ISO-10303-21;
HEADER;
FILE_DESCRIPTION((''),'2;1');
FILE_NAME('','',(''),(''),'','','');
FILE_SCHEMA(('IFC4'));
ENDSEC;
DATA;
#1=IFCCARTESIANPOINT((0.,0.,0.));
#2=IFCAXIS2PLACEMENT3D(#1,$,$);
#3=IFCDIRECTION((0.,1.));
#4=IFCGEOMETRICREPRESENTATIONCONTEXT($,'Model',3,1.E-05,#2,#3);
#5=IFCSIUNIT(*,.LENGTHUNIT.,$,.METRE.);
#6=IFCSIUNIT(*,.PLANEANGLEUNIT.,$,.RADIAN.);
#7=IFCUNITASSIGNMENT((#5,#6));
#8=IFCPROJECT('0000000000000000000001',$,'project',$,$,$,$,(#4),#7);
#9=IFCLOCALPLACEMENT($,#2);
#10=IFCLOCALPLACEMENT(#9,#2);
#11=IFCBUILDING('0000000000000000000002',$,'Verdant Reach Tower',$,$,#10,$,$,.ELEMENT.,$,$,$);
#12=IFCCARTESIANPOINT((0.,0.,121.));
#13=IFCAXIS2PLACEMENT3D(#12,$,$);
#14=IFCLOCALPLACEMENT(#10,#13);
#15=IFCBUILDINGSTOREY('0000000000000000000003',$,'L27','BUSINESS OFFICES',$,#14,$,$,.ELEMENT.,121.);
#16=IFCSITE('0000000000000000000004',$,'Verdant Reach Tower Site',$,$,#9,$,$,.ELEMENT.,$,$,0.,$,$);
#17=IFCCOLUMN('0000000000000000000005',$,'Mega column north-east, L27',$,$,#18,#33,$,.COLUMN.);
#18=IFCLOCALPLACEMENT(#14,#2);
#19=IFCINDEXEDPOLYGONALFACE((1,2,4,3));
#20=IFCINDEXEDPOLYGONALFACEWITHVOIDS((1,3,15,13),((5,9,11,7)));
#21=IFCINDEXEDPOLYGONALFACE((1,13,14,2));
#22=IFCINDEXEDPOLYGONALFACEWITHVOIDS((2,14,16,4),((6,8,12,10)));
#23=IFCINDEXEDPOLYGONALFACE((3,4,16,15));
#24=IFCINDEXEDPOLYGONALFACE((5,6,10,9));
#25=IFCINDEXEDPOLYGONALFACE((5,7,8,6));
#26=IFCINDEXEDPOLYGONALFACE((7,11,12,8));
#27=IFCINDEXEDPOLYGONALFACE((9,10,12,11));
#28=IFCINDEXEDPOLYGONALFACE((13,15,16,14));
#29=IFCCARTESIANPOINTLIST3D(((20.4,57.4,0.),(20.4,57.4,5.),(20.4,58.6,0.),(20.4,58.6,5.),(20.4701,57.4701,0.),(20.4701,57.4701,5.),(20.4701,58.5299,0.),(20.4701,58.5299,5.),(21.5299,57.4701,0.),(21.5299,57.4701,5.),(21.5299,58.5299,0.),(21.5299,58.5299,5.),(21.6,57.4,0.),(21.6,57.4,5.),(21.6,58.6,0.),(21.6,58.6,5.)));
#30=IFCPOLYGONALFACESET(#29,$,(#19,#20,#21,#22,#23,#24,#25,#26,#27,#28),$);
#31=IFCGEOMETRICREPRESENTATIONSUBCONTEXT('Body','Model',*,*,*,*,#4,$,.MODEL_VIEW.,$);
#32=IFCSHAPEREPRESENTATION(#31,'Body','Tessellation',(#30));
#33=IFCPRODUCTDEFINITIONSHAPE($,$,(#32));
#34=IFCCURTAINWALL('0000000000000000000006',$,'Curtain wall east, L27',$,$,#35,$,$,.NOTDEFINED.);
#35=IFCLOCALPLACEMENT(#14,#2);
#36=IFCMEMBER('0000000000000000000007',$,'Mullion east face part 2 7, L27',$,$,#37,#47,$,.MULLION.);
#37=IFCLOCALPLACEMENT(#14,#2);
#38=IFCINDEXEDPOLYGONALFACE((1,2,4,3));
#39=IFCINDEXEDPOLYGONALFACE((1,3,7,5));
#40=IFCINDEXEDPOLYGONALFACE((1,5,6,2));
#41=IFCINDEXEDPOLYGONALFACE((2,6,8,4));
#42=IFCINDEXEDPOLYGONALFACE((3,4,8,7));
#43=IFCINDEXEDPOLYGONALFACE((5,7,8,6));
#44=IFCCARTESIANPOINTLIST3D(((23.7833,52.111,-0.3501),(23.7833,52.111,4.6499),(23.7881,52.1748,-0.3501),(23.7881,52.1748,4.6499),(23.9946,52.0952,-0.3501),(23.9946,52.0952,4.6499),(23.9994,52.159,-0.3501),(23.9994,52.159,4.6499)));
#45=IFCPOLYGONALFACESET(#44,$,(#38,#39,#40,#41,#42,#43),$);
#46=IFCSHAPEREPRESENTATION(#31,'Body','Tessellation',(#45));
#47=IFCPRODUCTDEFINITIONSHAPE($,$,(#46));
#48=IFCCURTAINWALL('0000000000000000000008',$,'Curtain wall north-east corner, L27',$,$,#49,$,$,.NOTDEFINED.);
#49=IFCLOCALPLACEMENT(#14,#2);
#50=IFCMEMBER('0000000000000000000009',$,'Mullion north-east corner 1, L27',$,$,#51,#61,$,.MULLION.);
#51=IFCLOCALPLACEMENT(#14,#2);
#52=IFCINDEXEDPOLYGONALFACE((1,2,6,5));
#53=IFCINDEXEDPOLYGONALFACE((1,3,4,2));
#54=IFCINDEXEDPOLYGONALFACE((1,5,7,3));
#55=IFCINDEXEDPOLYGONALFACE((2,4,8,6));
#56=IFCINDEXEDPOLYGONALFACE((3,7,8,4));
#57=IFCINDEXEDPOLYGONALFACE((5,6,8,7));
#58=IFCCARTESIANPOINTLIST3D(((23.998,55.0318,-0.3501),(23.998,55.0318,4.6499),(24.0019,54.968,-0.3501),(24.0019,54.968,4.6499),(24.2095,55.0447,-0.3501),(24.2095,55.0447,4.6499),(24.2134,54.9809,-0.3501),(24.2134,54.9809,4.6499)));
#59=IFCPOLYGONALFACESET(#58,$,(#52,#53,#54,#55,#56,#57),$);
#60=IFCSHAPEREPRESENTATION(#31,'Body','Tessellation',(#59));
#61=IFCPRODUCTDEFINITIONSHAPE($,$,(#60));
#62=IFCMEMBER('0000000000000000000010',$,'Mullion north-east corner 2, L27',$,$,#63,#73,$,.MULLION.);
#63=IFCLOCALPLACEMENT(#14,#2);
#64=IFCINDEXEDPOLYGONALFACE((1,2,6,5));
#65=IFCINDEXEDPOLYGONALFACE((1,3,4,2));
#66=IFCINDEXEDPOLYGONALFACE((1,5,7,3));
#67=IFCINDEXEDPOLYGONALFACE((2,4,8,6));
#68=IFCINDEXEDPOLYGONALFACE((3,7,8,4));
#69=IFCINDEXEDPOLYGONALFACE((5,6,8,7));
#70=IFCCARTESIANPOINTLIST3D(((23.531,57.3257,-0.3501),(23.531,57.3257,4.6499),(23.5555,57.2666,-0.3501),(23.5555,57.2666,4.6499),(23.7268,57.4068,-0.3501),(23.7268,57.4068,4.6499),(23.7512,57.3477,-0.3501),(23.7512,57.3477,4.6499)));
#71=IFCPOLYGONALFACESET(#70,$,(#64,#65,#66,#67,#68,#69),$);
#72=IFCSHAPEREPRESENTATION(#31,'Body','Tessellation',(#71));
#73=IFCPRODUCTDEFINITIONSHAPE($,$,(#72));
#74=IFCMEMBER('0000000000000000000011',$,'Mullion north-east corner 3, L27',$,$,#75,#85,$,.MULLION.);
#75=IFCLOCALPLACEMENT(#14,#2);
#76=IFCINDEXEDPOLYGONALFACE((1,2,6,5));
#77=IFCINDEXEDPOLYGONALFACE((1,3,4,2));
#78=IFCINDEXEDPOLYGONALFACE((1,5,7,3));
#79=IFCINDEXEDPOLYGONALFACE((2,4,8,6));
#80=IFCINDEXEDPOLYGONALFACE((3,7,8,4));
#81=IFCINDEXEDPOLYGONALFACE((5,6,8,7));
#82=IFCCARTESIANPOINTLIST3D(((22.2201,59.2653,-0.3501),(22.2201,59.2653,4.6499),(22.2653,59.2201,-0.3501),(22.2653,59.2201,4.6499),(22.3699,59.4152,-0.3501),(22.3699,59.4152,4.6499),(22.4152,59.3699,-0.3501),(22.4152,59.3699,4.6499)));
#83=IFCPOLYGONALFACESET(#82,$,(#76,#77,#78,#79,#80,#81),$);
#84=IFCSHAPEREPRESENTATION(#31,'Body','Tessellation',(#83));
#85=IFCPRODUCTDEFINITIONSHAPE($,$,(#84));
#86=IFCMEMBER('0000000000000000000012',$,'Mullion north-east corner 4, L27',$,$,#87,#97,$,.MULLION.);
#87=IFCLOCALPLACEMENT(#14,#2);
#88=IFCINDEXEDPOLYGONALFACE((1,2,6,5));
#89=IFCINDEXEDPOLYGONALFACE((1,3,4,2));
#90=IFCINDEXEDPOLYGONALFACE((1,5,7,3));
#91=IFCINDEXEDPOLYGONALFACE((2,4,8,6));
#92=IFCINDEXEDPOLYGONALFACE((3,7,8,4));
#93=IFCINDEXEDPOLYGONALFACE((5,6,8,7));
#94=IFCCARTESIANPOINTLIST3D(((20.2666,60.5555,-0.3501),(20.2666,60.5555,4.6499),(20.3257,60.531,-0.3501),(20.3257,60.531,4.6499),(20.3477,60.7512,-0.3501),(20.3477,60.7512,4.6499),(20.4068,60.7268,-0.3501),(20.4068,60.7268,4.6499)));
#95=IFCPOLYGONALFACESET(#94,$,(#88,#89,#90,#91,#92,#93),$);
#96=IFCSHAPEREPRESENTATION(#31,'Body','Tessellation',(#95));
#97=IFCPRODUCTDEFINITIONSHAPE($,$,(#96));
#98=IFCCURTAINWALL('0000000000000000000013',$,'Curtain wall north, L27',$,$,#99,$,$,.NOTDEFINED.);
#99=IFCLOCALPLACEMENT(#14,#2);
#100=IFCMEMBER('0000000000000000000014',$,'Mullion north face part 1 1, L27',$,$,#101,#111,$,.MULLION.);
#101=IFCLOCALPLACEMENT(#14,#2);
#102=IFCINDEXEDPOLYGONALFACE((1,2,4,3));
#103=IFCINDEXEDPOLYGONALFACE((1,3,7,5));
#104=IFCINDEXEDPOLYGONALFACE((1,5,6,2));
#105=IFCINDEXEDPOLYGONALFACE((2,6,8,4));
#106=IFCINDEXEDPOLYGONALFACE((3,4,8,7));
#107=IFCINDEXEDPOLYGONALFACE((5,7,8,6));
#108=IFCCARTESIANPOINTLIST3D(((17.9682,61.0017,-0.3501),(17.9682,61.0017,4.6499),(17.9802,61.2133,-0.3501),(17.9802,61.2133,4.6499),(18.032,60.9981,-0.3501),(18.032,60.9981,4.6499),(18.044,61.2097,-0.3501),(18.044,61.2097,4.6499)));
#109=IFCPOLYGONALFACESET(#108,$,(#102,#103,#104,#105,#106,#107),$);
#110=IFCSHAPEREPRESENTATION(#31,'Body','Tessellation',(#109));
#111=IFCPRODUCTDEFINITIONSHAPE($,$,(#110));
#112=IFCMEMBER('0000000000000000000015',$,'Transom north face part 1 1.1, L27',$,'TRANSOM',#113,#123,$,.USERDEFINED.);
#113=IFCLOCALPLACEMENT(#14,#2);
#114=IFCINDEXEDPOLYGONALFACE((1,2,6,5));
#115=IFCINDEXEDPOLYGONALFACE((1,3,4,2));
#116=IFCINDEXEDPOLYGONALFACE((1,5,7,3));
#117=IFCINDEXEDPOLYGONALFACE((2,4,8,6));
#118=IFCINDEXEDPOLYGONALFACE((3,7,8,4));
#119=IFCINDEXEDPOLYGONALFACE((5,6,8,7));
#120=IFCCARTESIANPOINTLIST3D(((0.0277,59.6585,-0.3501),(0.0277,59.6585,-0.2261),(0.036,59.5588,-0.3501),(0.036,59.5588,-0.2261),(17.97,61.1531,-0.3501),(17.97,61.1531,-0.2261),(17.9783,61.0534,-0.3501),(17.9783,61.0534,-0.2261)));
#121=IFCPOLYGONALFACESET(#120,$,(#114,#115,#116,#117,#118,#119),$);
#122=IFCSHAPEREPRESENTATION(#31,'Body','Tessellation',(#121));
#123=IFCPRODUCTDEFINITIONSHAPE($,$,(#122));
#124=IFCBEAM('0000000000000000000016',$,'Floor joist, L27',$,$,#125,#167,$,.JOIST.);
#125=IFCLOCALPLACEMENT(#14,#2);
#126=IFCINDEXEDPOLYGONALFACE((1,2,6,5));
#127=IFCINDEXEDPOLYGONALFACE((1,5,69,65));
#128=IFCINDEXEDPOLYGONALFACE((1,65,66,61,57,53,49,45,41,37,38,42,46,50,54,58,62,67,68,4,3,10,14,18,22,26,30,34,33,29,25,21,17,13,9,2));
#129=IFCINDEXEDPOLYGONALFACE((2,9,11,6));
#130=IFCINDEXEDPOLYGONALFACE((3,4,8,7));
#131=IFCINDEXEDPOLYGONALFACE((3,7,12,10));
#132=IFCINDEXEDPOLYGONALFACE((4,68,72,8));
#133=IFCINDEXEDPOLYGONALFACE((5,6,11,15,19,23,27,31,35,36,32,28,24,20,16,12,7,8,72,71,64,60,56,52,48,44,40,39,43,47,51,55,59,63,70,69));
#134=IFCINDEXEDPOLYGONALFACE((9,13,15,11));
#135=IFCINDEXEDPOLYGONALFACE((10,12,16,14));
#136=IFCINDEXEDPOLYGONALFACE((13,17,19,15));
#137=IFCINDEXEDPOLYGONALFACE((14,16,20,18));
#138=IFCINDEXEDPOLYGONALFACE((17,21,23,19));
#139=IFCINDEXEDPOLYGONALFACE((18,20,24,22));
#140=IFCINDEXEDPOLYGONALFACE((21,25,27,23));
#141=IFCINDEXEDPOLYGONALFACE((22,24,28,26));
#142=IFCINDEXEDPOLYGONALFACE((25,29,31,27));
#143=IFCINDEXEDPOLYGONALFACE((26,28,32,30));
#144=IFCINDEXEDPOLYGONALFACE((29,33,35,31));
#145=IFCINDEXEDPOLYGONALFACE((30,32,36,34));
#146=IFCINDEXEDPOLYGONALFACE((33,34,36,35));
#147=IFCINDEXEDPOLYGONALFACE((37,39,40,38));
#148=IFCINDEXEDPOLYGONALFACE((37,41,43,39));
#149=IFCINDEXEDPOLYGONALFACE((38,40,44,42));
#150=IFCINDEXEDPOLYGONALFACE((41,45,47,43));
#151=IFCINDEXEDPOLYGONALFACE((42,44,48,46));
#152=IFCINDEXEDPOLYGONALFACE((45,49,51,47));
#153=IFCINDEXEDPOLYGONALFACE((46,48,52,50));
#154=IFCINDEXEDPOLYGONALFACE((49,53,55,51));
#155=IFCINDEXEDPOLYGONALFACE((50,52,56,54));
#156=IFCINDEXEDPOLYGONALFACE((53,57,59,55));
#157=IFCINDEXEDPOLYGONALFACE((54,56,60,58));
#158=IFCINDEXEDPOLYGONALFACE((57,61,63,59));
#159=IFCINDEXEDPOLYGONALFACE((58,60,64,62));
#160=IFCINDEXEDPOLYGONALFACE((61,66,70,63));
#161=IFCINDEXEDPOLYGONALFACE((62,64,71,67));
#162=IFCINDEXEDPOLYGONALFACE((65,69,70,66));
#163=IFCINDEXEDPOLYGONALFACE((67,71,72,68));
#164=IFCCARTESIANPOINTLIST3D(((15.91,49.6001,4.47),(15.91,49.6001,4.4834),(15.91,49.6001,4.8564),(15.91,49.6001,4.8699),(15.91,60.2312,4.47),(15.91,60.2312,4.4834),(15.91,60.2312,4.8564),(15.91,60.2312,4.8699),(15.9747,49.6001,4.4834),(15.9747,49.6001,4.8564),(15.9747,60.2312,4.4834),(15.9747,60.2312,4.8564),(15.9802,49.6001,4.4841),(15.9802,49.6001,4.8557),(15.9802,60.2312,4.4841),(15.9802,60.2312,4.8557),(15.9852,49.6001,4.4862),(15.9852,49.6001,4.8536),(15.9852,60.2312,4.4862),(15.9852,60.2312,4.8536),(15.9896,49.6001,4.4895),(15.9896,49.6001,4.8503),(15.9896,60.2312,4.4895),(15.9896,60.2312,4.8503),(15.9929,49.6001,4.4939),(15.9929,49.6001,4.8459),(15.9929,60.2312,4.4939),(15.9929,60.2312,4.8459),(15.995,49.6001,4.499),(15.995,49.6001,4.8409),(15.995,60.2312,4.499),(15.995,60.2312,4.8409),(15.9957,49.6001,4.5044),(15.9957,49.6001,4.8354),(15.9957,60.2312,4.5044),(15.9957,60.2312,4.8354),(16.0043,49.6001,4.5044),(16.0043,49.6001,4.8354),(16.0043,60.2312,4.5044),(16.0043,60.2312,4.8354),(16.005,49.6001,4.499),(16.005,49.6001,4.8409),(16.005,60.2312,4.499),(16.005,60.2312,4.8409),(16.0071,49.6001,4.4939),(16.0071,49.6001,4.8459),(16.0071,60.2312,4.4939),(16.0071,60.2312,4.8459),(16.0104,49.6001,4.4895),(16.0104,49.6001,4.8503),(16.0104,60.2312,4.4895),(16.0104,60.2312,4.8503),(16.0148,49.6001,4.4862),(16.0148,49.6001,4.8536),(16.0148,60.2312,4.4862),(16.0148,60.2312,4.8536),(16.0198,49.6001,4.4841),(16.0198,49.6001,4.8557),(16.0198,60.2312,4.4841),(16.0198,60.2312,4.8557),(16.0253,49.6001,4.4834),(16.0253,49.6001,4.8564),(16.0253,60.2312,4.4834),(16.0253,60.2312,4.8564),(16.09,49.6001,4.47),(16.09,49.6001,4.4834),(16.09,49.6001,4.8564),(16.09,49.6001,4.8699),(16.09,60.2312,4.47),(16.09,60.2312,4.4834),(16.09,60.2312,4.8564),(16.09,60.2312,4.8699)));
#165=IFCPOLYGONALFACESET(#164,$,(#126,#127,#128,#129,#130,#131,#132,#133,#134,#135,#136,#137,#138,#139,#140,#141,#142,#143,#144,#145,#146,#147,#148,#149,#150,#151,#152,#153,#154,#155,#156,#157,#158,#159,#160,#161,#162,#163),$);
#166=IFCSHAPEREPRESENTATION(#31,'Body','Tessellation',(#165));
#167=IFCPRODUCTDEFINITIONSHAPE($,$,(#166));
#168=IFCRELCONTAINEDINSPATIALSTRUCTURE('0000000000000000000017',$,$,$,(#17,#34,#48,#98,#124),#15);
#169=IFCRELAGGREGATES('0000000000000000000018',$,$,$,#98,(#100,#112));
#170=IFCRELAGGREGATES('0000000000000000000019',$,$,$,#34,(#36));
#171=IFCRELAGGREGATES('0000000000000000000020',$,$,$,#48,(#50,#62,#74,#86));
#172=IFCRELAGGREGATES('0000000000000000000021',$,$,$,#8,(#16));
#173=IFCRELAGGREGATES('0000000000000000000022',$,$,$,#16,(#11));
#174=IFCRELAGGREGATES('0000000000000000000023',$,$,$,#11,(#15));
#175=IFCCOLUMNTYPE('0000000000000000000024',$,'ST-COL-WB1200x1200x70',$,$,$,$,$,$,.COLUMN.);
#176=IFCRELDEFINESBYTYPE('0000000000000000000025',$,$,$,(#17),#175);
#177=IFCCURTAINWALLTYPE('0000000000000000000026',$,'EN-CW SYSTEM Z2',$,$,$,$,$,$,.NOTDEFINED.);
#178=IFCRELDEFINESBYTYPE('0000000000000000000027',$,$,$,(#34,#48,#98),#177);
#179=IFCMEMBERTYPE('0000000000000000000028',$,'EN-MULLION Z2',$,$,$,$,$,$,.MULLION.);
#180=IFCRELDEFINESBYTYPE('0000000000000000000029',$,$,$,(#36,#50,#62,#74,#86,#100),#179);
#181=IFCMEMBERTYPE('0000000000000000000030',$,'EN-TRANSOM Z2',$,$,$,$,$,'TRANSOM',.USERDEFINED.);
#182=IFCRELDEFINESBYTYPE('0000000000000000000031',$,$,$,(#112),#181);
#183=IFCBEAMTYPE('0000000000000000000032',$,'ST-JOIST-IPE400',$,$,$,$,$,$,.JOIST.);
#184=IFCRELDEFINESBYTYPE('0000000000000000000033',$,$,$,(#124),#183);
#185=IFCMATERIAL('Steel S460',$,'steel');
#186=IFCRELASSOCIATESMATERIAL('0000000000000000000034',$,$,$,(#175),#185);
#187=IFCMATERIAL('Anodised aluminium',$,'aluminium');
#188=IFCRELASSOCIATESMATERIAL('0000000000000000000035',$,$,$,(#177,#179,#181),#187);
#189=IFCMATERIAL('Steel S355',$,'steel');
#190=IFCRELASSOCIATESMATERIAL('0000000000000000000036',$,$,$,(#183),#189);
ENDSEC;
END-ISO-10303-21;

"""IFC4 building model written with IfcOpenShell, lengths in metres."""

from ifc_helpers import new_model, si_unit, direction, frame, origin, origin_2d, place, context, subcontext, project, spatial, rectangle, hollow_rectangle, i_section, extrude, material, material_profile, profile_set, type_object, element, aggregate, save


model = new_model("IFC4")

# Units and contexts
model_context = context("Model", 3, precision=1e-05, world=origin(), true_north=direction((0.0, 1.0)))
body_context = subcontext(model_context, "Body", "Model", "MODEL_VIEW")
ifc_project = project(units=[si_unit("LENGTHUNIT", "METRE"), si_unit("PLANEANGLEUNIT", "RADIAN")], contexts=[model_context])

# Site, building, storey
site_placement = place(None, origin())
site = spatial("IfcSite", under=ifc_project, at=site_placement, Name="Verdant Reach Tower Site", CompositionType="ELEMENT", RefElevation=0.0)
building_placement = place(site_placement, origin())
building = spatial("IfcBuilding", under=site, at=building_placement, Name="Verdant Reach Tower", CompositionType="ELEMENT")
storey_placement = place(building_placement, frame((0.0, 0.0, 121.0)))
storey = spatial("IfcBuildingStorey", under=building, at=storey_placement, Name="L27", Description="BUSINESS OFFICES", CompositionType="ELEMENT", Elevation=121.0)

# Column
ifc_material_1 = material(Name="Steel S460", Category="steel")
ifc_material_profile_1 = material_profile(ifc_material_1, hollow_rectangle(XDim=1.2, YDim=1.2, WallThickness=0.0701, at=origin_2d()), Name="WB 1200x1200x70")
ifc_profile_set_1 = profile_set([ifc_material_profile_1], Name="Steel S460")
column_type = type_object("IfcColumnType", Name="ST-COL-WB1200x1200x70", PredefinedType="COLUMN", material=ifc_profile_set_1)
column_placement = place(storey_placement, frame((21.0, 58.0, 0.0), z_axis=(0.0, 0.0, 1.0), x_axis=(1.0, 0.0, 0.0)))
element("IfcColumn", 1, at=column_placement, inside=storey, type_object=column_type, Name="Mega column north-east, L27", PredefinedType="COLUMN", context=body_context, shape_type="SweptSolid", body=[
    extrude(hollow_rectangle(XDim=1.2, YDim=1.2, WallThickness=0.0701, at=origin_2d()), origin(), (0.0, 0.0, 1.0), 5.0),
])

# Curtain wall, member
ifc_material_2 = material(Name="Anodised aluminium", Category="aluminium")
curtain_wall_type = type_object("IfcCurtainWallType", Name="EN-CW SYSTEM Z2", PredefinedType="NOTDEFINED", material=ifc_material_2)
curtain_wall_1_placement = place(storey_placement, origin())
curtain_wall_1 = element("IfcCurtainWall", 2, at=curtain_wall_1_placement, inside=storey, type_object=curtain_wall_type, Name="Curtain wall east, L27", PredefinedType="NOTDEFINED")
ifc_material_profile_2 = material_profile(ifc_material_2, rectangle(XDim=0.2119, YDim=0.064, at=origin_2d()), Name="Mullion 64x212")
ifc_profile_set_2 = profile_set([ifc_material_profile_2], Name="Anodised aluminium")
member_type_1 = type_object("IfcMemberType", Name="EN-MULLION Z2", PredefinedType="MULLION", material=ifc_profile_set_2)
member_1_placement = place(storey_placement, frame((23.8914, 52.135, -0.3501), z_axis=(0.0, 0.0, 1.0), x_axis=(0.997199, -0.07479, 0.0)))
member_1 = element("IfcMember", 3, at=member_1_placement, type_object=member_type_1, Name="Mullion east face part 2 7, L27", PredefinedType="MULLION", context=body_context, shape_type="SweptSolid", body=[
    extrude(rectangle(XDim=0.2119, YDim=0.064, at=origin_2d()), origin(), (0.0, 0.0, 1.0), 5.0),
])

# Curtain walls, members
curtain_wall_2_placement = place(storey_placement, origin())
curtain_wall_2 = element("IfcCurtainWall", 4, at=curtain_wall_2_placement, inside=storey, type_object=curtain_wall_type, Name="Curtain wall north-east corner, L27", PredefinedType="NOTDEFINED")
member_2_placement = place(storey_placement, frame((24.1057, 55.0063, -0.3501), z_axis=(0.0, 0.0, 1.0), x_axis=(0.998156, 0.060703, 0.0)))
member_2 = element("IfcMember", 5, at=member_2_placement, type_object=member_type_1, Name="Mullion north-east corner 1, L27", PredefinedType="MULLION", context=body_context, shape_type="SweptSolid", body=[
    extrude(rectangle(XDim=0.2119, YDim=0.064, at=origin_2d()), origin(), (0.0, 0.0, 1.0), 5.0),
])
member_3_placement = place(storey_placement, frame((23.6411, 57.3367, -0.3501), z_axis=(0.0, 0.0, 1.0), x_axis=(0.923875, 0.382694, 0.0)))
member_3 = element("IfcMember", 6, at=member_3_placement, type_object=member_type_1, Name="Mullion north-east corner 2, L27", PredefinedType="MULLION", context=body_context, shape_type="SweptSolid", body=[
    extrude(rectangle(XDim=0.2119, YDim=0.064, at=origin_2d()), origin(), (0.0, 0.0, 1.0), 5.0),
])
member_4_placement = place(storey_placement, frame((22.3176, 59.3176, -0.3501), z_axis=(0.0, 0.0, 1.0), x_axis=(0.707107, 0.707107, 0.0)))
member_4 = element("IfcMember", 7, at=member_4_placement, type_object=member_type_1, Name="Mullion north-east corner 3, L27", PredefinedType="MULLION", context=body_context, shape_type="SweptSolid", body=[
    extrude(rectangle(XDim=0.2119, YDim=0.064, at=origin_2d()), origin(), (0.0, 0.0, 1.0), 5.0),
])
member_5_placement = place(storey_placement, frame((20.3367, 60.6411, -0.3501), z_axis=(0.0, 0.0, 1.0), x_axis=(0.382694, 0.923875, 0.0)))
member_5 = element("IfcMember", 8, at=member_5_placement, type_object=member_type_1, Name="Mullion north-east corner 4, L27", PredefinedType="MULLION", context=body_context, shape_type="SweptSolid", body=[
    extrude(rectangle(XDim=0.2119, YDim=0.064, at=origin_2d()), origin(), (0.0, 0.0, 1.0), 5.0),
])
curtain_wall_3_placement = place(storey_placement, origin())
curtain_wall_3 = element("IfcCurtainWall", 9, at=curtain_wall_3_placement, inside=storey, type_object=curtain_wall_type, Name="Curtain wall north, L27", PredefinedType="NOTDEFINED")
member_6_placement = place(storey_placement, frame((18.0061, 61.1057, -0.3501), z_axis=(0.0, 0.0, 1.0), x_axis=(0.056569, 0.998399, 0.0)))
member_6 = element("IfcMember", 10, at=member_6_placement, type_object=member_type_1, Name="Mullion north face part 1 1, L27", PredefinedType="MULLION", context=body_context, shape_type="SweptSolid", body=[
    extrude(rectangle(XDim=0.2119, YDim=0.064, at=origin_2d()), origin(), (0.0, 0.0, 1.0), 5.0),
])
ifc_material_profile_3 = material_profile(ifc_material_2, rectangle(XDim=0.1001, YDim=0.124, at=origin_2d()), Name="Transom 124x100")
ifc_profile_set_3 = profile_set([ifc_material_profile_3], Name="Anodised aluminium")
member_type_2 = type_object("IfcMemberType", Name="EN-TRANSOM Z2", ElementType="TRANSOM", PredefinedType="USERDEFINED", material=ifc_profile_set_3)
member_7_placement = place(storey_placement, frame((17.9741, 61.1033, -0.2881), z_axis=(-0.996548, -0.083015, 0.0), x_axis=(0.083015, -0.996548, 0.0)))
member_7 = element("IfcMember", 11, at=member_7_placement, type_object=member_type_2, Name="Transom north face part 1 1.1, L27", ObjectType="TRANSOM", PredefinedType="USERDEFINED", context=body_context, shape_type="SweptSolid", body=[
    extrude(rectangle(XDim=0.1001, YDim=0.124, at=origin_2d()), origin(), (0.0, 0.0, 1.0), 18.0044),
])

# Beam
ifc_material_3 = material(Name="Steel S355", Category="steel")
ifc_material_profile_4 = material_profile(ifc_material_3, i_section(OverallWidth=0.1799, OverallDepth=0.3999, WebThickness=0.0085, FlangeThickness=0.0134, FilletRadius=0.021, at=origin_2d()), Name="IPE 400")
ifc_profile_set_4 = profile_set([ifc_material_profile_4], Name="Steel S355")
beam_type_1 = type_object("IfcBeamType", Name="ST-JOIST-IPE400", PredefinedType="JOIST", material=ifc_profile_set_4)
beam_1_placement = place(storey_placement, frame((16.0, 49.6001, 4.6699), z_axis=(0.0, 1.0, 0.0), x_axis=(-1.0, 0.0, 0.0)))
element("IfcBeam", 12, at=beam_1_placement, inside=storey, type_object=beam_type_1, Name="Floor joist, L27", PredefinedType="JOIST", context=body_context, shape_type="SweptSolid", body=[
    extrude(i_section(OverallWidth=0.1799, OverallDepth=0.3999, WebThickness=0.0085, FlangeThickness=0.0134, FilletRadius=0.021, at=origin_2d()), origin(), (0.0, 0.0, 1.0), 10.6311),
])

aggregate(curtain_wall_3, [member_6, member_7])
aggregate(curtain_wall_1, [member_1])
aggregate(curtain_wall_2, [member_2, member_3, member_4, member_5])

save(model, "model.ifc")
